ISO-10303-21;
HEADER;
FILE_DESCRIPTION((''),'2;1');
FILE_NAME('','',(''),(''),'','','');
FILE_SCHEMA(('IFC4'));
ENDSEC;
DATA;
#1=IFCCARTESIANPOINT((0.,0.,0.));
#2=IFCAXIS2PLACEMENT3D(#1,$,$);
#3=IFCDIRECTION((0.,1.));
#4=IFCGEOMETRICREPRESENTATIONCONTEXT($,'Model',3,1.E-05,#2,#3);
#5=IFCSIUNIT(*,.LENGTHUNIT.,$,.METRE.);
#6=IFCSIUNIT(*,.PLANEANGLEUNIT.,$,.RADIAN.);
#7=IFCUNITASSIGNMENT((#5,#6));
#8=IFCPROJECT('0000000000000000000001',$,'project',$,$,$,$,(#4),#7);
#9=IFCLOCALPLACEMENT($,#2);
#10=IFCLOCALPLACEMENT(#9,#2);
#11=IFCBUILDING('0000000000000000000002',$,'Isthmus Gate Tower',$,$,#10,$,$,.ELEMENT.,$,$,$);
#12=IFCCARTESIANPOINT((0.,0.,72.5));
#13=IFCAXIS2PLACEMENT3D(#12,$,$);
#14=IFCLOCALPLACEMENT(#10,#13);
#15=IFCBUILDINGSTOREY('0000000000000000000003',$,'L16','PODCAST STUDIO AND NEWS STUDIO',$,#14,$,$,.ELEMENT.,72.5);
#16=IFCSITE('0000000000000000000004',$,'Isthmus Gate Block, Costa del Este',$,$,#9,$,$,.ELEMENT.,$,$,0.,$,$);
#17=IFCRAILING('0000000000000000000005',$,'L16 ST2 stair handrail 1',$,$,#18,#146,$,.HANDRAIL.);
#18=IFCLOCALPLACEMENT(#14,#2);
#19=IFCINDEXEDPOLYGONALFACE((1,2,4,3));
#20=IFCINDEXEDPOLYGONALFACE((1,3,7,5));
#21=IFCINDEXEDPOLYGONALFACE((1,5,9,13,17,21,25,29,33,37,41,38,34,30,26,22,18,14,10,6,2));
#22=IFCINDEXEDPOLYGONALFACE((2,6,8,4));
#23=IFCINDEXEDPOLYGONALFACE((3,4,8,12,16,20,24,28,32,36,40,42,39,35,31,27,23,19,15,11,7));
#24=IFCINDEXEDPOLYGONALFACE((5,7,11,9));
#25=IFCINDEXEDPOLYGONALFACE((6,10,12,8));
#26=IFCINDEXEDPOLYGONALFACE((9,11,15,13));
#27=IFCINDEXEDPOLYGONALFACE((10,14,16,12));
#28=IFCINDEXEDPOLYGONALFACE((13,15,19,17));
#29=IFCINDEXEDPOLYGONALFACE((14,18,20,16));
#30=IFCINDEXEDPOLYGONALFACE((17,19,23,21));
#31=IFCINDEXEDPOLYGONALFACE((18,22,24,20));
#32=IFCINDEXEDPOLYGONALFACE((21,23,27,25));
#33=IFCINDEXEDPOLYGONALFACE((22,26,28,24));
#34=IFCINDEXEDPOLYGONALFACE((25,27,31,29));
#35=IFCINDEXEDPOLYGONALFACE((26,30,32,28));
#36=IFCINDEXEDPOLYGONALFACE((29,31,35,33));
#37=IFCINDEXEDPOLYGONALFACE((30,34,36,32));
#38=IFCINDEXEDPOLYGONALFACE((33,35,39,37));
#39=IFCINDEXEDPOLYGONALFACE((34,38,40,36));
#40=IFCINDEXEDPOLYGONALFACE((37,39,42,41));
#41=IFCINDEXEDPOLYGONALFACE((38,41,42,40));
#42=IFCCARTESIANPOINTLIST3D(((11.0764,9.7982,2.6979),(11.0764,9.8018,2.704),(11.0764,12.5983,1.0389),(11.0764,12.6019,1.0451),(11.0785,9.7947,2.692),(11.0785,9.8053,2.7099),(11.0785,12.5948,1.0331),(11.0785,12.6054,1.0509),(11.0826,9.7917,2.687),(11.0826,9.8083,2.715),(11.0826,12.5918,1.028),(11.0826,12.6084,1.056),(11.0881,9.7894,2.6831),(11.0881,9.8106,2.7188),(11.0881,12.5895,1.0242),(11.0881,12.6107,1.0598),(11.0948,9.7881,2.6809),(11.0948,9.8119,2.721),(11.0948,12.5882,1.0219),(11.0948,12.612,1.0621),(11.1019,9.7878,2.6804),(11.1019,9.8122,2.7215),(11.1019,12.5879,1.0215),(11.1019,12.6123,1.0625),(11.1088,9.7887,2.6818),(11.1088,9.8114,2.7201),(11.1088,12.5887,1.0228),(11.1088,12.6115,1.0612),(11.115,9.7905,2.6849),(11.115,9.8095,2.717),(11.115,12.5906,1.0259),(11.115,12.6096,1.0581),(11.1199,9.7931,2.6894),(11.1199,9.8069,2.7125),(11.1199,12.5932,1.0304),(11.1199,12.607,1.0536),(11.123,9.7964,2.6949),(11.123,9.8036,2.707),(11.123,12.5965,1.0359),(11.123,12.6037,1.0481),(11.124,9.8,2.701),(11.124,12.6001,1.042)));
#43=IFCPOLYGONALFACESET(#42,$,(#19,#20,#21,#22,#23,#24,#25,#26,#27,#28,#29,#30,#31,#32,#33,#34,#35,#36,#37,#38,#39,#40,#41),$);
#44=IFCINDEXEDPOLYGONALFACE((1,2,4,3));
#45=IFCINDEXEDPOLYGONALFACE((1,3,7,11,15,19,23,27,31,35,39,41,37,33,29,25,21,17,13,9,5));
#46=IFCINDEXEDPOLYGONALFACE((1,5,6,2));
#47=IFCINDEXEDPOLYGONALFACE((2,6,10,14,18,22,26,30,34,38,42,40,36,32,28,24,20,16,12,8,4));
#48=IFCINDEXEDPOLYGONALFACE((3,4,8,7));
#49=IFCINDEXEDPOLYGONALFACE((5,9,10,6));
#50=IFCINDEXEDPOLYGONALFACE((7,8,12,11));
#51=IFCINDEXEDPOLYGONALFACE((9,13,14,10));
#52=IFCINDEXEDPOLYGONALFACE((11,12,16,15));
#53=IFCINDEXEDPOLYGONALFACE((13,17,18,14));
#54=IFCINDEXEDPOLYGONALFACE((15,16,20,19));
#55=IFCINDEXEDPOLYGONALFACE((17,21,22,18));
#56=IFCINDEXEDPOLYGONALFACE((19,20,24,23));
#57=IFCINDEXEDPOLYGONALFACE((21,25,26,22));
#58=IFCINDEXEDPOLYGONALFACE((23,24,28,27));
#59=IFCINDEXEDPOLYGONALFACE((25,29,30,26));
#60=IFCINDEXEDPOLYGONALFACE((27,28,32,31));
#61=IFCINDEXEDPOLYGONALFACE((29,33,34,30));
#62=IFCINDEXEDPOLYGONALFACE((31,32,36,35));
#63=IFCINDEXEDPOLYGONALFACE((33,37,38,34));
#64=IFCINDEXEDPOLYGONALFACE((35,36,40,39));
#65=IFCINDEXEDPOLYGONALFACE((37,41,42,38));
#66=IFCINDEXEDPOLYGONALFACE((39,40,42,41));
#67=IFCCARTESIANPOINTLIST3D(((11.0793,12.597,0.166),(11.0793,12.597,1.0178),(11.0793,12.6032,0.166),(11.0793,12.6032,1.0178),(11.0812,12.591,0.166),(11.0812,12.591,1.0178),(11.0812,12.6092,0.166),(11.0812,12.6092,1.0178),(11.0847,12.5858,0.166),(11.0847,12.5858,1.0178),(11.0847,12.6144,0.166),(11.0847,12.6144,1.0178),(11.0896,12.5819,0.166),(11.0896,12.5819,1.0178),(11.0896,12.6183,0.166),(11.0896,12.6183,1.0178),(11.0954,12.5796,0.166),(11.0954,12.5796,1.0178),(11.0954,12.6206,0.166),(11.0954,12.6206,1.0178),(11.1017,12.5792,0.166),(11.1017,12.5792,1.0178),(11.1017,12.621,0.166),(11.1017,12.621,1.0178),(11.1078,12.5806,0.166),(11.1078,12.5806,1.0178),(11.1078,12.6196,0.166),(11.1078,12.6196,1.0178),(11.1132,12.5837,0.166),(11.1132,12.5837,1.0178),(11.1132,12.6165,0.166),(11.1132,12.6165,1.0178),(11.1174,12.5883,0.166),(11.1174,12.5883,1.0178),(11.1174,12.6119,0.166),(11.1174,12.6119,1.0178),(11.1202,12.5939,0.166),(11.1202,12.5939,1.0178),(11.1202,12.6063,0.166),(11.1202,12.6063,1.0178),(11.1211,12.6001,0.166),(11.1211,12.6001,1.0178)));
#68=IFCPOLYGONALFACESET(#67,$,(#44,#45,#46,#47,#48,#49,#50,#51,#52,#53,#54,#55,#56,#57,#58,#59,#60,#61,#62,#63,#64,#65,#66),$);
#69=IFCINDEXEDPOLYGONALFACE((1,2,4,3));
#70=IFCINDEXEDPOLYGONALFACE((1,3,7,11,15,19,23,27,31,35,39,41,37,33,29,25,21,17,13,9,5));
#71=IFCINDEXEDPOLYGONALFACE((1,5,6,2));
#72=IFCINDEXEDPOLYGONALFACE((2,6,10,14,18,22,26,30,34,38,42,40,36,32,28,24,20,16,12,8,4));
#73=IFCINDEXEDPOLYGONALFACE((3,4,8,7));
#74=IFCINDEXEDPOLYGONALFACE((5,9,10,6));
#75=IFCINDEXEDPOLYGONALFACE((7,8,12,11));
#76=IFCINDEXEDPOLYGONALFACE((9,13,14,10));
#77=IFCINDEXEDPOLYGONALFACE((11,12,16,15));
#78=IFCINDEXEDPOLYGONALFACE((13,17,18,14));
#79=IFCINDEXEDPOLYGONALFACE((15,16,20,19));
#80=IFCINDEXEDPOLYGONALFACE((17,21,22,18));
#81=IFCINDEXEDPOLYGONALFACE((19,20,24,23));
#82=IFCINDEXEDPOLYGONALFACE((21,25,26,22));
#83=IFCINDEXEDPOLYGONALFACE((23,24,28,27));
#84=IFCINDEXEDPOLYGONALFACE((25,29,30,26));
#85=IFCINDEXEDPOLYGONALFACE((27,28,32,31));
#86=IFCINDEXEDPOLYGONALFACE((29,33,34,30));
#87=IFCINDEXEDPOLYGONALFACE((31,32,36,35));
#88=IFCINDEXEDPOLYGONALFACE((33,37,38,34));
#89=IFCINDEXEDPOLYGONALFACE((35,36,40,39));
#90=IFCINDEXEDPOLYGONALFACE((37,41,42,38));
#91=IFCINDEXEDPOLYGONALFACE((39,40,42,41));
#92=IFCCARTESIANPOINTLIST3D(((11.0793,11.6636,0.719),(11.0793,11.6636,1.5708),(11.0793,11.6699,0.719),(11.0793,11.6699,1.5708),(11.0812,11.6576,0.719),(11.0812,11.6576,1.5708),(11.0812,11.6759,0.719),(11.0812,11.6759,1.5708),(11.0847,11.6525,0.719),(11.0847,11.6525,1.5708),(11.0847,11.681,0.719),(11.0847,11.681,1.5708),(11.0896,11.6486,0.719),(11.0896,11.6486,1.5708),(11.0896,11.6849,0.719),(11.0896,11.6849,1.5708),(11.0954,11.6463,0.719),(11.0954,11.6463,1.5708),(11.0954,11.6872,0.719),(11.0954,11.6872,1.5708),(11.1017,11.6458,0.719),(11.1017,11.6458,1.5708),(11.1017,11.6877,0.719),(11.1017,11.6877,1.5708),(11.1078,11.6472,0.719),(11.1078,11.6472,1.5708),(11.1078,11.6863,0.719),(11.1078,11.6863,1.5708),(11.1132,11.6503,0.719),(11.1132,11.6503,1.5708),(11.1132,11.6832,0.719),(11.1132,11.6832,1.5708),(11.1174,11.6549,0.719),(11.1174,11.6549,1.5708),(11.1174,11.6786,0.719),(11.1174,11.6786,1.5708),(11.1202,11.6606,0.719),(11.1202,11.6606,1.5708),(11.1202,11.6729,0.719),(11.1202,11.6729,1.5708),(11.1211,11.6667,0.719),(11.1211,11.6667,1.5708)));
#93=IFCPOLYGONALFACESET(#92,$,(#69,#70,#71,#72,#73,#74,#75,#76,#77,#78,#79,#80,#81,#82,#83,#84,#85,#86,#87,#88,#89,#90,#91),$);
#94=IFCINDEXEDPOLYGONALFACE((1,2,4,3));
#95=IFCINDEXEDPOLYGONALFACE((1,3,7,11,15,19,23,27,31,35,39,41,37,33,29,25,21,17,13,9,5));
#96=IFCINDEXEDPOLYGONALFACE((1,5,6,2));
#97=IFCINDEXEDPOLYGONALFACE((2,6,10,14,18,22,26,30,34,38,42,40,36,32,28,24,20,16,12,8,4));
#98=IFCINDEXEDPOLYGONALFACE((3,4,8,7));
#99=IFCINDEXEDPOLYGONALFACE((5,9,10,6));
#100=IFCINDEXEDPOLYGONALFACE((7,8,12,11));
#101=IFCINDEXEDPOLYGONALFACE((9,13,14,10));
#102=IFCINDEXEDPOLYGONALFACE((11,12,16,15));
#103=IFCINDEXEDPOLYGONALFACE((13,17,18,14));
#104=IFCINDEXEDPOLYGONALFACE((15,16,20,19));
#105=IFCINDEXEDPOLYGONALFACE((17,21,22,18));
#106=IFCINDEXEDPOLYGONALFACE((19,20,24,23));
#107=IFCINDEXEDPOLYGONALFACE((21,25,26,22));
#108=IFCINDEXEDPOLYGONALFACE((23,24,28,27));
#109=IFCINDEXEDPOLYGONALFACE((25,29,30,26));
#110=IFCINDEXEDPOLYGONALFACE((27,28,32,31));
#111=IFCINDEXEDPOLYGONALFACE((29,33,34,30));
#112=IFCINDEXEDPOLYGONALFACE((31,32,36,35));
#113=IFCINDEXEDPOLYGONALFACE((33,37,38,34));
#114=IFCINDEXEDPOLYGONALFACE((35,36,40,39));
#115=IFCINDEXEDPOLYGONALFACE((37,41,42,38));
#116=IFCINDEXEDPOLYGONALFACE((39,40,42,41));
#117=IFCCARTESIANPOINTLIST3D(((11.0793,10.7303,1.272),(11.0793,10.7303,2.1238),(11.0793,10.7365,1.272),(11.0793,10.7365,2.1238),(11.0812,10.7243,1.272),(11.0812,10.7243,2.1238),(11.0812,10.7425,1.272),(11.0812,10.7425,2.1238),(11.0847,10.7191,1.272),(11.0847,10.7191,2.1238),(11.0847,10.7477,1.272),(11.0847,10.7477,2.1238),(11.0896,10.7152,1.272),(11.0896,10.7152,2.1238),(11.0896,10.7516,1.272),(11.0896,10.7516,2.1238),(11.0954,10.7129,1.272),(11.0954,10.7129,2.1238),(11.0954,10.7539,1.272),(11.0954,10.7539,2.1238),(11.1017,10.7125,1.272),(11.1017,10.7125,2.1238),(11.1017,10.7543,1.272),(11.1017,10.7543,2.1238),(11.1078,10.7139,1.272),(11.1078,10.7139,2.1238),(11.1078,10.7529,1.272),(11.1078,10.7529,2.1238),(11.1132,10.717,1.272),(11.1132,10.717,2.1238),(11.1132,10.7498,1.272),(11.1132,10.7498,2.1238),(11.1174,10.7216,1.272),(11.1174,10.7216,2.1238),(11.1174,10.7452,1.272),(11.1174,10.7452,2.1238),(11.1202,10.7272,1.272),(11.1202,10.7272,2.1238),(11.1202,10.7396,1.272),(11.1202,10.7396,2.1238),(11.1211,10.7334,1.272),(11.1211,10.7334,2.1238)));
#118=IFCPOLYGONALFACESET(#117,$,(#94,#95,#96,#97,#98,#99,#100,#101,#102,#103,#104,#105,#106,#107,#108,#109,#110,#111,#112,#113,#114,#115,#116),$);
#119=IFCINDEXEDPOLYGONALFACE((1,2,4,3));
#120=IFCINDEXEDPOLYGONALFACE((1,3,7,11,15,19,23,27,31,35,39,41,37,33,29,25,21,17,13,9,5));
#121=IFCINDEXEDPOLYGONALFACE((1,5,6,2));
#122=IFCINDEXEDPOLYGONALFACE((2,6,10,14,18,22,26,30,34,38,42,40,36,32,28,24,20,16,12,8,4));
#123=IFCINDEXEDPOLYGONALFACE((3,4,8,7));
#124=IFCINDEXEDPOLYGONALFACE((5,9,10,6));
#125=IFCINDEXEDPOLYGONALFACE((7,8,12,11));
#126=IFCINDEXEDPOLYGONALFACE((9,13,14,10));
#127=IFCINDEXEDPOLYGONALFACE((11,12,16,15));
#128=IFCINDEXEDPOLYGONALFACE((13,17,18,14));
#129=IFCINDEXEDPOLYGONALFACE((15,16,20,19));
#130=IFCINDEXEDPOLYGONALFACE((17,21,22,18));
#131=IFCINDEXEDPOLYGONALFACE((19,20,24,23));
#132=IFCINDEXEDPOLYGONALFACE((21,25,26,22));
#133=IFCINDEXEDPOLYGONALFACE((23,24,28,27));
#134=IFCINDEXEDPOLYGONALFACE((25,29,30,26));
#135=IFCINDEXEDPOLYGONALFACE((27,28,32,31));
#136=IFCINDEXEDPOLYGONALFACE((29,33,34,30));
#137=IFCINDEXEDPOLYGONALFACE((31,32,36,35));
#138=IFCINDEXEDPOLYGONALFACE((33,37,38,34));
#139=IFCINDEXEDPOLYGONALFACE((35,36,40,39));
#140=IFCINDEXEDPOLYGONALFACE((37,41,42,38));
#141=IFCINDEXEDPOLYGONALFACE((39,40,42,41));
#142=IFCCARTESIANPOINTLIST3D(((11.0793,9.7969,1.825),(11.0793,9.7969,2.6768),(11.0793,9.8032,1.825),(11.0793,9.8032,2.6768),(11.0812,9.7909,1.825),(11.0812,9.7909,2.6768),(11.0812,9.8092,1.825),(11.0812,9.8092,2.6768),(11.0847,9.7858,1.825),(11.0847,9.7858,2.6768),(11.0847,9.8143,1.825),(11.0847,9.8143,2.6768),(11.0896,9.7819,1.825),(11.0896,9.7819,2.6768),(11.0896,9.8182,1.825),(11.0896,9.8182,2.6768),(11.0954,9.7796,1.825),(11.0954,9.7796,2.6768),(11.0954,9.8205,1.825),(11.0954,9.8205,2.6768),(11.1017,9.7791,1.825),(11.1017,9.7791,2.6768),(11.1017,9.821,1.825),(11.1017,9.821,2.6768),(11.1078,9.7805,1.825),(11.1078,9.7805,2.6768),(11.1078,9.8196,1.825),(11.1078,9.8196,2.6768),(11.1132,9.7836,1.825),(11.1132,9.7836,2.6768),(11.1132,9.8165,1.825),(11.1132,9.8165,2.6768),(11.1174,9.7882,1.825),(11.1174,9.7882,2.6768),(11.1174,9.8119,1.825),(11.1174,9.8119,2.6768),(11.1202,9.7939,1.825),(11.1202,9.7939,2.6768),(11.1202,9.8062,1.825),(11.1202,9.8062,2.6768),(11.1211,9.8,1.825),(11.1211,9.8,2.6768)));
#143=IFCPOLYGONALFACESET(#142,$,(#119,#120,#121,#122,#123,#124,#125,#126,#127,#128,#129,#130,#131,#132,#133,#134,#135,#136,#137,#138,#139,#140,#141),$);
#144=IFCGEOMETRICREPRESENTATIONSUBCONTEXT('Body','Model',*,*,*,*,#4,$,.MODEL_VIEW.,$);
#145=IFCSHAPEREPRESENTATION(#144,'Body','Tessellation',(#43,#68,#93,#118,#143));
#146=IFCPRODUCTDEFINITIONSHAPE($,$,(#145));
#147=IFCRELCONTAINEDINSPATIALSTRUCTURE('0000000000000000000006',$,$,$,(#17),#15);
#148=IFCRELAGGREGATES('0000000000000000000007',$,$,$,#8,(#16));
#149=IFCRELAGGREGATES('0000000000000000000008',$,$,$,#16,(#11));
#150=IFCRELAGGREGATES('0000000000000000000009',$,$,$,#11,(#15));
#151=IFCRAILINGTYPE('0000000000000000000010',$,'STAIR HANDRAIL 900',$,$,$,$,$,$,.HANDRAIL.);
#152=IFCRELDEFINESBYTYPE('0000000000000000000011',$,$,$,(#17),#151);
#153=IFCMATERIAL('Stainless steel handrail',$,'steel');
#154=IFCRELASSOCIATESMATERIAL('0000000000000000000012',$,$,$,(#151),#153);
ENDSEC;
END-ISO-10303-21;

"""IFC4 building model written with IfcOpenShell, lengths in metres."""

from ifc_helpers import new_model, si_unit, direction, frame, origin, origin_2d, place, context, subcontext, project, spatial, circle, extrude, material, type_object, element, save


model = new_model("IFC4")

# Units and contexts
model_context = context("Model", 3, precision=1e-05, world=origin(), true_north=direction((0.0, 1.0)))
body_context = subcontext(model_context, "Body", "Model", "MODEL_VIEW")
ifc_project = project(units=[si_unit("LENGTHUNIT", "METRE"), si_unit("PLANEANGLEUNIT", "RADIAN")], contexts=[model_context])

# Site, building, storey
site_placement = place(None, origin())
site = spatial("IfcSite", under=ifc_project, at=site_placement, Name="Isthmus Gate Block, Costa del Este", CompositionType="ELEMENT", RefElevation=0.0)
building_placement = place(site_placement, origin())
building = spatial("IfcBuilding", under=site, at=building_placement, Name="Isthmus Gate Tower", CompositionType="ELEMENT")
storey_placement = place(building_placement, frame((0.0, 0.0, 72.5)))
storey = spatial("IfcBuildingStorey", under=building, at=storey_placement, Name="L16", Description="PODCAST STUDIO AND NEWS STUDIO", CompositionType="ELEMENT", Elevation=72.5)

# Railing
ifc_material_1 = material(Name="Stainless steel handrail", Category="steel")
railing_type_1 = type_object("IfcRailingType", Name="STAIR HANDRAIL 900", PredefinedType="HANDRAIL", material=ifc_material_1)
for number, where, name in (
    (1, (11.1001, 12.6001, 0.166), "L16 ST2 stair handrail 1"),
):
    element("IfcRailing", number, at=place(storey_placement, frame(where)), inside=storey, type_object=railing_type_1, Name=name, PredefinedType="HANDRAIL", context=body_context, shape_type="SweptSolid", body=[
        extrude(circle(Radius=0.0239, at=origin_2d()), frame((0.0, 0.0, 0.876), z_axis=(0.0, -0.860339, 0.509722), x_axis=(1.0, 0.0, 0.0)), (0.0, 0.0, 1.0), 3.2546),
        extrude(circle(Radius=0.021, at=origin_2d()), origin(), (0.0, 0.0, 1.0), 0.8518),
        extrude(circle(Radius=0.021, at=origin_2d()), frame((0.0, -0.9333, 0.553)), (0.0, 0.0, 1.0), 0.8518),
        extrude(circle(Radius=0.021, at=origin_2d()), frame((0.0, -1.8667, 1.106)), (0.0, 0.0, 1.0), 0.8518),
        extrude(circle(Radius=0.021, at=origin_2d()), frame((0.0, -2.8, 1.6589)), (0.0, 0.0, 1.0), 0.8518),
    ])

save(model, "model.ifc")
